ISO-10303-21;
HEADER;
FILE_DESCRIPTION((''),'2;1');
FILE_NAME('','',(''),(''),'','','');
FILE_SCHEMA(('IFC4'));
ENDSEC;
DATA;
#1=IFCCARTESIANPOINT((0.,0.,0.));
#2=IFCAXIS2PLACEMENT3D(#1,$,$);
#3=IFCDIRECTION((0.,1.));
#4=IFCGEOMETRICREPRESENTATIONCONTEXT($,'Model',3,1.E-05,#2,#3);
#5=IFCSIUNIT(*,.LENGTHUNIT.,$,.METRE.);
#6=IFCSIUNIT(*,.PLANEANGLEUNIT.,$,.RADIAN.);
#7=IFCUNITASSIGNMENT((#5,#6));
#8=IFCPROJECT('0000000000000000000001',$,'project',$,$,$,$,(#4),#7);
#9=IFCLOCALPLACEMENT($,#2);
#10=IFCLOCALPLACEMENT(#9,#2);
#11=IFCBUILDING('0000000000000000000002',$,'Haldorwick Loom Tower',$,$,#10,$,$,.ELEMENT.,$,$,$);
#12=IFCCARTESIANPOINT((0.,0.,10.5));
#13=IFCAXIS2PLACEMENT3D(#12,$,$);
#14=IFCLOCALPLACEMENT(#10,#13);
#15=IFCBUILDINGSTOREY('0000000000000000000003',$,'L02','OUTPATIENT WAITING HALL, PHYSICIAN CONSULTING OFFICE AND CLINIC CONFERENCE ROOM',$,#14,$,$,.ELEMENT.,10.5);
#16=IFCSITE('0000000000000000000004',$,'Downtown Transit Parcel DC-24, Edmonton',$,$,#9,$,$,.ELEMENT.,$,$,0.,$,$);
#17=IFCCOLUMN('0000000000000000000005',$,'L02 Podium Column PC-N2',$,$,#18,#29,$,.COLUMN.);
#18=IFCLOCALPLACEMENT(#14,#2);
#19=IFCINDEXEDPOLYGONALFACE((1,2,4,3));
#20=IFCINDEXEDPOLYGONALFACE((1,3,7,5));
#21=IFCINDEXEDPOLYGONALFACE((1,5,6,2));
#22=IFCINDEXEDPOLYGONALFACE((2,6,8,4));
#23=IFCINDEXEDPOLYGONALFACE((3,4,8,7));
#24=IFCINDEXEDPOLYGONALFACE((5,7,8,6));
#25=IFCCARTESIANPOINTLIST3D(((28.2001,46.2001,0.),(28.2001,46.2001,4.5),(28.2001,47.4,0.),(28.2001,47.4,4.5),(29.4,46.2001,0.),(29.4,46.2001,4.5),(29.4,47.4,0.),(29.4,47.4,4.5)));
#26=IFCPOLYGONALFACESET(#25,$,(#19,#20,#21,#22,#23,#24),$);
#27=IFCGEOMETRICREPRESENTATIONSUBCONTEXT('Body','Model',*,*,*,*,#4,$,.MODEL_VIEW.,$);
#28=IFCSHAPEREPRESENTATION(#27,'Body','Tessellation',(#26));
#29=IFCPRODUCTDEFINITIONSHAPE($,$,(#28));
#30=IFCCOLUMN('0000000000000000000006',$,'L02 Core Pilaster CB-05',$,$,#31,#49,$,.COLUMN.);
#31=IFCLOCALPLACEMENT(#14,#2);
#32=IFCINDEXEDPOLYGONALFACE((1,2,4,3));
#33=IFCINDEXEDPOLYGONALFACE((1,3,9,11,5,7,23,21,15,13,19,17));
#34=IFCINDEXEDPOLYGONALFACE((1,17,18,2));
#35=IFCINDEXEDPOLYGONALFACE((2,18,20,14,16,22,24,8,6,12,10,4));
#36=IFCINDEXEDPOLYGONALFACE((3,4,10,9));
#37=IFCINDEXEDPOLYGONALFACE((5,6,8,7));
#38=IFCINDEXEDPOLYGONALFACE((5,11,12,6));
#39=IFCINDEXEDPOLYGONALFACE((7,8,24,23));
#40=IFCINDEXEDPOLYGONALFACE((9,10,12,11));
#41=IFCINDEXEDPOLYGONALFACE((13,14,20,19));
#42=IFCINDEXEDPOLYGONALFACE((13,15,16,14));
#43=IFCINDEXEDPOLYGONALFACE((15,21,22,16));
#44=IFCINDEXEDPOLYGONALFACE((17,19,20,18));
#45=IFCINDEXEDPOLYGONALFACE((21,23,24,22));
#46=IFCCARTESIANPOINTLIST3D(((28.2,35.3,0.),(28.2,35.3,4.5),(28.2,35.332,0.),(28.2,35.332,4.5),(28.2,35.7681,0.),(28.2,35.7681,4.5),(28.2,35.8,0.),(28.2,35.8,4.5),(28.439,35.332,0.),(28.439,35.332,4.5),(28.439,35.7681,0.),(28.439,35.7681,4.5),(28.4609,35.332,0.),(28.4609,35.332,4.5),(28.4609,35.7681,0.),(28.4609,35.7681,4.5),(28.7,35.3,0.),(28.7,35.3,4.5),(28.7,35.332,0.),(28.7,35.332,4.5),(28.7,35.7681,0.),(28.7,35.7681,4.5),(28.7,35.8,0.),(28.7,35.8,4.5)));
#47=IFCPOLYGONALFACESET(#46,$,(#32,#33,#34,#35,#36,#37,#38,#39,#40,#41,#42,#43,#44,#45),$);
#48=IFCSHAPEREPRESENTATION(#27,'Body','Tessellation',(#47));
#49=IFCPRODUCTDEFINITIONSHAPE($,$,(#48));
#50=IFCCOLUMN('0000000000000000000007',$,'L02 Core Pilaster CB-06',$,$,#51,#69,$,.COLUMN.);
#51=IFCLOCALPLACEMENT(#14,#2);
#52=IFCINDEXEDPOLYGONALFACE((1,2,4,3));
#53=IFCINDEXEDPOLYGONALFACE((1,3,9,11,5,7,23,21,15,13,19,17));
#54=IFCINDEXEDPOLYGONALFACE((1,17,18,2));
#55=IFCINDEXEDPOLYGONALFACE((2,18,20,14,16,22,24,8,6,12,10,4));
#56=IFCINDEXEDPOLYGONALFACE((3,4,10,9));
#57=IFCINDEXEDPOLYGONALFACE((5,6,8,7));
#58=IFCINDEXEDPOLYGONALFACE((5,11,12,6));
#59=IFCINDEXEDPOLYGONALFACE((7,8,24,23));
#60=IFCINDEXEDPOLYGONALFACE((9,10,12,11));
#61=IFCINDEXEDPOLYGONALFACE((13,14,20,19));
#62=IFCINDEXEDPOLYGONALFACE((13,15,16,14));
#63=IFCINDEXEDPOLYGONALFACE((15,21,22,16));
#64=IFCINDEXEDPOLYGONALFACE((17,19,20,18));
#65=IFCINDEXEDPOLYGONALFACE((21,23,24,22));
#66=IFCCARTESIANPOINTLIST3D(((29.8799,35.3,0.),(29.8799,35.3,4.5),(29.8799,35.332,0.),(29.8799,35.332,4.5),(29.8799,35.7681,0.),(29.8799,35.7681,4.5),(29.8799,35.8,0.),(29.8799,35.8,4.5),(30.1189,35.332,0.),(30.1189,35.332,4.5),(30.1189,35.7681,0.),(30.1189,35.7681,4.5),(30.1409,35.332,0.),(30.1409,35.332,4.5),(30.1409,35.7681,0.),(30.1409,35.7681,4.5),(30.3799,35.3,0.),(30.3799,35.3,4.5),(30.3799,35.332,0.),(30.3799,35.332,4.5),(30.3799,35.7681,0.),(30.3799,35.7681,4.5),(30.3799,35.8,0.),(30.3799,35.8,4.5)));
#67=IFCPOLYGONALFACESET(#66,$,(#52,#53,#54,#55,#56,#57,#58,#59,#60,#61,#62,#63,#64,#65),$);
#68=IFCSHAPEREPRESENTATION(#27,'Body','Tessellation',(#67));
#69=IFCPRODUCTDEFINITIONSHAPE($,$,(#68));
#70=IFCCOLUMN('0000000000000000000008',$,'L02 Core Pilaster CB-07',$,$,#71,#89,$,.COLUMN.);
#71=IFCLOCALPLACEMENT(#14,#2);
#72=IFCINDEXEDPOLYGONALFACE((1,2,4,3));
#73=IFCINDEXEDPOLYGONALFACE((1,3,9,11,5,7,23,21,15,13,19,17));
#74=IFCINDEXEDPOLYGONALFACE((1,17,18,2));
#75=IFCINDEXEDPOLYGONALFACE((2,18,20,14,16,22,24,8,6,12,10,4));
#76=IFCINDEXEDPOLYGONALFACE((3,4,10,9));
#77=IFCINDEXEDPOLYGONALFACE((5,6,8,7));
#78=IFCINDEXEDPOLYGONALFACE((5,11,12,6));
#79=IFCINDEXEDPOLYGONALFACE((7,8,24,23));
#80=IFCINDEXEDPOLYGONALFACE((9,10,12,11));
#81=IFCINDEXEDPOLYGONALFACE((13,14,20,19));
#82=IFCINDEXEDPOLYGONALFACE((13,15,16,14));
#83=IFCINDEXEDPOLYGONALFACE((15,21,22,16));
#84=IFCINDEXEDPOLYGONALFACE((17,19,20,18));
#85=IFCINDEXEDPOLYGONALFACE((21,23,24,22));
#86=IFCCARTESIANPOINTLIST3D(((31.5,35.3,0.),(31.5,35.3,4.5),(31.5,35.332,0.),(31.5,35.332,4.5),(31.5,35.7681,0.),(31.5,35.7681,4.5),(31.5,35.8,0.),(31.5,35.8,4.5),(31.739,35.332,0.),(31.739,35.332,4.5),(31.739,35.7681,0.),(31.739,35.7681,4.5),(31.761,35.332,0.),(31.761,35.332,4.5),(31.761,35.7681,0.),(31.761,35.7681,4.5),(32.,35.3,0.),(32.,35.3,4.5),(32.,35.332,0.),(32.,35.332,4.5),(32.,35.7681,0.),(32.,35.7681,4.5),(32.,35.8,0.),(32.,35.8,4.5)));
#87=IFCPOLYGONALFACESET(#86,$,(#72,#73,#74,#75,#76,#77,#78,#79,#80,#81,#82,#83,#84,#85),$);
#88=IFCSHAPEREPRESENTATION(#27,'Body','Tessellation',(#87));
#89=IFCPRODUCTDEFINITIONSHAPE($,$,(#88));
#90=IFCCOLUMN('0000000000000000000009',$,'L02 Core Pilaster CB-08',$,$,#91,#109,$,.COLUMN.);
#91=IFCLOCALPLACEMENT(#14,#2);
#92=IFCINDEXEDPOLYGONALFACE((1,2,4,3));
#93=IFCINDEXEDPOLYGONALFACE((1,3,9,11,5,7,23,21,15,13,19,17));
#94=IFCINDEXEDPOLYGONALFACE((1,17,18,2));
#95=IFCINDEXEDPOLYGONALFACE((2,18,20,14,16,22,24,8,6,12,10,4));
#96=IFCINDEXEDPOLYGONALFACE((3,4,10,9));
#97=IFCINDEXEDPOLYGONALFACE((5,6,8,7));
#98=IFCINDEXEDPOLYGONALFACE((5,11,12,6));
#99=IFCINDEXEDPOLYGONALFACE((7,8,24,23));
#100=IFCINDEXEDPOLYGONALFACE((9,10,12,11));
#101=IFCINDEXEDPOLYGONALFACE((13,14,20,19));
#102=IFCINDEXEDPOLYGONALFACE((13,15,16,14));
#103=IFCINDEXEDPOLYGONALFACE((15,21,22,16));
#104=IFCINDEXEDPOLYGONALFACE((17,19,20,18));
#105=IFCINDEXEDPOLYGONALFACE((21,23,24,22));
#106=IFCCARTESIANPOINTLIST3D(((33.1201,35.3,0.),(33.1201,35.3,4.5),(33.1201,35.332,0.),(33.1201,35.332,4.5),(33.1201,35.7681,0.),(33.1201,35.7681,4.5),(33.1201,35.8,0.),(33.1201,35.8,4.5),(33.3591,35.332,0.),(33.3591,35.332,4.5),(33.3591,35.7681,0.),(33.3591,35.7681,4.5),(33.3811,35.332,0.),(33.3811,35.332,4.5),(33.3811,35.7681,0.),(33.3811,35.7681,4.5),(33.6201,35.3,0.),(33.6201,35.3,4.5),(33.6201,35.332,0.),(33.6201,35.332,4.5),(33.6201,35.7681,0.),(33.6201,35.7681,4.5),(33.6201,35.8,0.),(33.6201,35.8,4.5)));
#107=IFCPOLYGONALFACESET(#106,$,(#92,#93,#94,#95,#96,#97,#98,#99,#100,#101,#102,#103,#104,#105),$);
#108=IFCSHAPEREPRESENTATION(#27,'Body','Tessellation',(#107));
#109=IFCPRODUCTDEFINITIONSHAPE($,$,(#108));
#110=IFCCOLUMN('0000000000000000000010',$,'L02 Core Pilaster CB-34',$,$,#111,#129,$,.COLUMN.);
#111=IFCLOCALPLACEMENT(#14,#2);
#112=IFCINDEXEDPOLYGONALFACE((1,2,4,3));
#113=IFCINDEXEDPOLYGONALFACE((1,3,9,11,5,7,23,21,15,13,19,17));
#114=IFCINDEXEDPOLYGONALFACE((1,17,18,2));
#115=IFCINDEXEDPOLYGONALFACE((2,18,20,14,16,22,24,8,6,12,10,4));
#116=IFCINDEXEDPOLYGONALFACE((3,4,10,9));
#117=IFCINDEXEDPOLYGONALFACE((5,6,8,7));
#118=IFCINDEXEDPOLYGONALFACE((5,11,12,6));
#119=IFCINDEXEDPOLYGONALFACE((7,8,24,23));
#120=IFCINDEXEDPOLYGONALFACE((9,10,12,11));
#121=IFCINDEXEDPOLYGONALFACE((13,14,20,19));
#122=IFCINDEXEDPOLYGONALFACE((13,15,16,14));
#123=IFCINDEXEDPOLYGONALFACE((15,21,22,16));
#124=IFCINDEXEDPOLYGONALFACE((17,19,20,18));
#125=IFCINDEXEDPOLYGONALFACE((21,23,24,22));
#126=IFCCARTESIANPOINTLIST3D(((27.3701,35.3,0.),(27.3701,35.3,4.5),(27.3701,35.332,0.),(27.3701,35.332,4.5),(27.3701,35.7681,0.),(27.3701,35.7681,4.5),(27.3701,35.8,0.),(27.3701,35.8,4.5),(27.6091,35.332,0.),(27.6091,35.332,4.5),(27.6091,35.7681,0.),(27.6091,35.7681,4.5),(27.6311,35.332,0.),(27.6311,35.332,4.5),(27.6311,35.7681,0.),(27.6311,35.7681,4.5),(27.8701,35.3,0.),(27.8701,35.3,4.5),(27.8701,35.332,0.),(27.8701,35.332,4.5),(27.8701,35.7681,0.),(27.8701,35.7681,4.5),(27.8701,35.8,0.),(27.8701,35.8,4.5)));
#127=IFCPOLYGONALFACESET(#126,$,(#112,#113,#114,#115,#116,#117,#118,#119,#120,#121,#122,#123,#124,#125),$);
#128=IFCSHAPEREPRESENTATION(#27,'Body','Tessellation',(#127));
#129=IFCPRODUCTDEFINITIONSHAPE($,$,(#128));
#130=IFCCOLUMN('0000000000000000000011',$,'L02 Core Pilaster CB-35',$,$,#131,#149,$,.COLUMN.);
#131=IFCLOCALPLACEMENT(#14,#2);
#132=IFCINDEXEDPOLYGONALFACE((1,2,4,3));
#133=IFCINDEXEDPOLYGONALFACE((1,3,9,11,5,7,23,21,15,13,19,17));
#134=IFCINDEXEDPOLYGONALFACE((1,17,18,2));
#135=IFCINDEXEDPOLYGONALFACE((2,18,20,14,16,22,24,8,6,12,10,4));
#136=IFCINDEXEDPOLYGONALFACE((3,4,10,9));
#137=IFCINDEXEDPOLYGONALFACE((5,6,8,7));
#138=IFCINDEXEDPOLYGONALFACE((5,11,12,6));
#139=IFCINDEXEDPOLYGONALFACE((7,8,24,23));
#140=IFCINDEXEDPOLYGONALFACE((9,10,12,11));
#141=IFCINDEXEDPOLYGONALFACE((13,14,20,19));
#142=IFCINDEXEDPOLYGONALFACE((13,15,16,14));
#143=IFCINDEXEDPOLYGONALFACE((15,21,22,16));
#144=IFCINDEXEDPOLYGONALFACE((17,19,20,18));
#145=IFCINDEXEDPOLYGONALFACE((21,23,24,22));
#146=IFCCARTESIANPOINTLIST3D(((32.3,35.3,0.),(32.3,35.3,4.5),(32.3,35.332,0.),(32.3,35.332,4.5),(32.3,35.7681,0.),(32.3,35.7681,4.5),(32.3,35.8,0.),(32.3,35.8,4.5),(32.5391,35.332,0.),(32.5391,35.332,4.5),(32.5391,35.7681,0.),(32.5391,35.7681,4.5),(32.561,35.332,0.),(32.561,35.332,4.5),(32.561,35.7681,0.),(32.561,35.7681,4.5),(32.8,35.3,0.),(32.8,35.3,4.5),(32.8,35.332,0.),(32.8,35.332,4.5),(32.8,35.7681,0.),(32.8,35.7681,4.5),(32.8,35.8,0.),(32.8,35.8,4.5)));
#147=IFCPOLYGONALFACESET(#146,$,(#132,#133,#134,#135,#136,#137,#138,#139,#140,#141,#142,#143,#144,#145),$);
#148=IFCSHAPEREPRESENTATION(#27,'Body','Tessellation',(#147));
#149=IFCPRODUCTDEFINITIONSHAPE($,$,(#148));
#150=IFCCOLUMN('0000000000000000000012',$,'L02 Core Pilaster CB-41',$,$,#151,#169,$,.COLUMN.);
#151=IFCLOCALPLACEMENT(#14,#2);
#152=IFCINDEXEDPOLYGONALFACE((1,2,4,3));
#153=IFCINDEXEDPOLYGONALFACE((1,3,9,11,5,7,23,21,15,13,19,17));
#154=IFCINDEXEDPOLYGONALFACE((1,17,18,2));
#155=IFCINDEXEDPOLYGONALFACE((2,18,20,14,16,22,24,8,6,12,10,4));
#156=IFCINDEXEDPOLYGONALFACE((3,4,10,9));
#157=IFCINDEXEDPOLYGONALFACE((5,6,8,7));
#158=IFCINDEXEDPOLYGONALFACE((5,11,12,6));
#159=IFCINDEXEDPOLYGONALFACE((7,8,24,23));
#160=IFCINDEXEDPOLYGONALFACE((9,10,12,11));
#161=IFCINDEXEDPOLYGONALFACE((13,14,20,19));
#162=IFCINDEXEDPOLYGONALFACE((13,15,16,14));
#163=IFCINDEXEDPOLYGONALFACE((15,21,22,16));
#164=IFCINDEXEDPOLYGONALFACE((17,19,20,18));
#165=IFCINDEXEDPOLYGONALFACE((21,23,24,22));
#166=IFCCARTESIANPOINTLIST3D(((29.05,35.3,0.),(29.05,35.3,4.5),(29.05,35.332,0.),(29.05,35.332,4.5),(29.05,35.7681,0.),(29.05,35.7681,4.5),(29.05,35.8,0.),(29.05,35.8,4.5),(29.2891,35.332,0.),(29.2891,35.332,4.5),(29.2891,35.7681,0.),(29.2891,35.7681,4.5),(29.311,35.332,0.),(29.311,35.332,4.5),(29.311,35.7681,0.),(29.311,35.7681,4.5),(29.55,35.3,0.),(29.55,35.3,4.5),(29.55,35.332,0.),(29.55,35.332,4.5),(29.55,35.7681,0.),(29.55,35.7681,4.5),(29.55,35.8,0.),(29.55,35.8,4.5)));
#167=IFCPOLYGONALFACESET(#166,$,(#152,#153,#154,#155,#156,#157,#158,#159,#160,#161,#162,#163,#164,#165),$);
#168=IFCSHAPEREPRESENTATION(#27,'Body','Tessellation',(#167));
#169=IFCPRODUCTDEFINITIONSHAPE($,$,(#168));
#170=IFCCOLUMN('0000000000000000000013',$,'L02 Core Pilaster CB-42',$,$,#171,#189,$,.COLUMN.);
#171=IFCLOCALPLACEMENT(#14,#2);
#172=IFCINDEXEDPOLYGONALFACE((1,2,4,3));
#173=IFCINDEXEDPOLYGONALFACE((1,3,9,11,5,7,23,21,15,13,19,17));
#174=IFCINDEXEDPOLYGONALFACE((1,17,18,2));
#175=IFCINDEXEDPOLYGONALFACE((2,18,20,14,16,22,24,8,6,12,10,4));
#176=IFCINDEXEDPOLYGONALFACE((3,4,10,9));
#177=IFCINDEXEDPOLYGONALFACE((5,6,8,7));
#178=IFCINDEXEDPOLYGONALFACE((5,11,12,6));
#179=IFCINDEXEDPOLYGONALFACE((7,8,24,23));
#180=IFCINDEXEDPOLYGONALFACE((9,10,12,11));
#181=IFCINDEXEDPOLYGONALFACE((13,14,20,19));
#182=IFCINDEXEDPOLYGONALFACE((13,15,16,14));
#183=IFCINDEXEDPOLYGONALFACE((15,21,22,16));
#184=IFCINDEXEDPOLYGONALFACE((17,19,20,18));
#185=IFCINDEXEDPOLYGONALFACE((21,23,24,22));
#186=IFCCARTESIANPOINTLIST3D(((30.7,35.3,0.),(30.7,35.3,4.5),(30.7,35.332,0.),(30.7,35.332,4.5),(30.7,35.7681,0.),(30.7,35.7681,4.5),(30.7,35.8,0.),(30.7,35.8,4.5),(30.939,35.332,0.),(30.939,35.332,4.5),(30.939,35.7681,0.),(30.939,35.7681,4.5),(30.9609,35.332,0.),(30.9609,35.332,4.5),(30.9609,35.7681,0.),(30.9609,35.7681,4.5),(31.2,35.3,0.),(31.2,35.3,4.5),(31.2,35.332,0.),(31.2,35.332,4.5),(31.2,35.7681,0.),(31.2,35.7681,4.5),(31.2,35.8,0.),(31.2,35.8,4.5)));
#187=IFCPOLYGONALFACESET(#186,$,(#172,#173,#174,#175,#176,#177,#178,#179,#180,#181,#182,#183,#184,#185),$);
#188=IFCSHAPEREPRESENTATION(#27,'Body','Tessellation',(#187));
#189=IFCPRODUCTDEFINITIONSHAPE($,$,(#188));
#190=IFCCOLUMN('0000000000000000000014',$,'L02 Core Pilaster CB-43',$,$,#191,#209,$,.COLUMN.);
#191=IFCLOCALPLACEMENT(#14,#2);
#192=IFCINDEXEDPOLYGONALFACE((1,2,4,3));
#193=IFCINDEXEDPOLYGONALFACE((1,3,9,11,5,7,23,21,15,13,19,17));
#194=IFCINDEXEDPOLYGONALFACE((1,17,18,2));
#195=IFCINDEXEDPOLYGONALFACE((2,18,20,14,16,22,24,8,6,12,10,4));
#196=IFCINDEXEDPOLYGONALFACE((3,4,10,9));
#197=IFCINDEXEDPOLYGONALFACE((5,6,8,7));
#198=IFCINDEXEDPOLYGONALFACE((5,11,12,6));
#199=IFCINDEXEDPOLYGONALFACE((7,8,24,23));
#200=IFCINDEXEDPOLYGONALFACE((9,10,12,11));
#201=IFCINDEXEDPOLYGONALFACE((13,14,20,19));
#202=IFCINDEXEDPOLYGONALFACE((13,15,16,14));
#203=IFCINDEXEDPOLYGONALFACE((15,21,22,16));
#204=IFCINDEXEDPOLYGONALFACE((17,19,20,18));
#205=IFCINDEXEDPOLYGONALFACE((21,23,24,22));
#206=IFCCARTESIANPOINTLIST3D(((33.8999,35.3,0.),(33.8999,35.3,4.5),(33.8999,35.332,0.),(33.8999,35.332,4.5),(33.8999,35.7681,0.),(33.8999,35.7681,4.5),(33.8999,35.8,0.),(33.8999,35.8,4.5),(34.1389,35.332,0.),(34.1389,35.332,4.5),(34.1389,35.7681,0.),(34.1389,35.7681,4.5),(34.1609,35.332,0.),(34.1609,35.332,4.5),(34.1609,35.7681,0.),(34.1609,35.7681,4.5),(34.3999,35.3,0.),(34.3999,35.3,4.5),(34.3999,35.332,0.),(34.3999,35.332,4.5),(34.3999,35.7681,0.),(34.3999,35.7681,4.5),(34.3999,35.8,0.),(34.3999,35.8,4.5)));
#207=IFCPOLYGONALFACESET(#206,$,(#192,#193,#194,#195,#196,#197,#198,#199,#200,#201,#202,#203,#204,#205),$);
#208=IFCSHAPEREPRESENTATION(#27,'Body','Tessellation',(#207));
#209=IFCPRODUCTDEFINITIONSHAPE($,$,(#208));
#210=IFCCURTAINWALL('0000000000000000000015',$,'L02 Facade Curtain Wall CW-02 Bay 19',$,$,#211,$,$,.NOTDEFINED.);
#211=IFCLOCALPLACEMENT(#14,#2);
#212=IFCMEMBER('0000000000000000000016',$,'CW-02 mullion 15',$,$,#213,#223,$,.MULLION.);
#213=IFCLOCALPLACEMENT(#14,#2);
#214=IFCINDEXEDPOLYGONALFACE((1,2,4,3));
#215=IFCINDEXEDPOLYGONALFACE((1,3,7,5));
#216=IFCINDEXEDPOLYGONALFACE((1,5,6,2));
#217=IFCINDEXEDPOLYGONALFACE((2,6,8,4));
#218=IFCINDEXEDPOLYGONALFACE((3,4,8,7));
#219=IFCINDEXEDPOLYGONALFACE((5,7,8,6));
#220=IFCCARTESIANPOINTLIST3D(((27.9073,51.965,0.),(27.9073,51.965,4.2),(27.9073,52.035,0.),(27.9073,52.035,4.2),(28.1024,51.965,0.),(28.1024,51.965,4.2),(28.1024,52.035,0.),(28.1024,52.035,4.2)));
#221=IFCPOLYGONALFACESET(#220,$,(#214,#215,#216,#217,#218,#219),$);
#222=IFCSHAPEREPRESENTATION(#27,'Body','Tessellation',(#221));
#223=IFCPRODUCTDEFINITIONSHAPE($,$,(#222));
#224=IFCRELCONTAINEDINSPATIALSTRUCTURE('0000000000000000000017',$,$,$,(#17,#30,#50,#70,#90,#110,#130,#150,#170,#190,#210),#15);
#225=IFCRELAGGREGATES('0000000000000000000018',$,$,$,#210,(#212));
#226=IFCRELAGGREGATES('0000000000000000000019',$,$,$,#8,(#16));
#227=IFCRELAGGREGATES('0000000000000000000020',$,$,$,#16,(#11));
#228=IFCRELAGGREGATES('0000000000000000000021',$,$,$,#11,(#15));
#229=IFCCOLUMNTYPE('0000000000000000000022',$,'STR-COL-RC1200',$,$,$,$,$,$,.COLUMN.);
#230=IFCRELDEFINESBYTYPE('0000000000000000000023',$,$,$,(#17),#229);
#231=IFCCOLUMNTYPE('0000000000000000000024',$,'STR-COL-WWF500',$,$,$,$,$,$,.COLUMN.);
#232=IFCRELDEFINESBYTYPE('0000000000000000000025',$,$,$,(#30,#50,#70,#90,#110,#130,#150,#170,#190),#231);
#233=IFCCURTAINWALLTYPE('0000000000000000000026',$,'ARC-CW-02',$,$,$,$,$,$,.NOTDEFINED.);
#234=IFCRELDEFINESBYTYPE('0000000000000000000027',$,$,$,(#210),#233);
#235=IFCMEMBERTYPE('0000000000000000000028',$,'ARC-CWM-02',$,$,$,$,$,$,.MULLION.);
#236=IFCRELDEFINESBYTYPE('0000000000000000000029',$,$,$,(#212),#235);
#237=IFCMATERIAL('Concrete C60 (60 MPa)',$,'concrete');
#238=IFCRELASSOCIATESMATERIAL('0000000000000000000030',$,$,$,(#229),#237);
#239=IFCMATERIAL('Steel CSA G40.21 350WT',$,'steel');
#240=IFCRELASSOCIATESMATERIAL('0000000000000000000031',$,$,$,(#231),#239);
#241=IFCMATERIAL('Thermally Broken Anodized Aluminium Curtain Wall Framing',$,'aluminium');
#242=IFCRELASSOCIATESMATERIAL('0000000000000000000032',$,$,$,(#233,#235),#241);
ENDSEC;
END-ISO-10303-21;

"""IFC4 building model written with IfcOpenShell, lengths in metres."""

from ifc_helpers import new_model, si_unit, direction, frame, origin, origin_2d, place, context, subcontext, project, spatial, rectangle, i_section, extrude, material, material_profile, profile_set, type_object, element, aggregate, save


model = new_model("IFC4")

# Units and contexts
model_context = context("Model", 3, precision=1e-05, world=origin(), true_north=direction((0.0, 1.0)))
body_context = subcontext(model_context, "Body", "Model", "MODEL_VIEW")
ifc_project = project(units=[si_unit("LENGTHUNIT", "METRE"), si_unit("PLANEANGLEUNIT", "RADIAN")], contexts=[model_context])

# Site, building, storey
site_placement = place(None, origin())
site = spatial("IfcSite", under=ifc_project, at=site_placement, Name="Downtown Transit Parcel DC-24, Edmonton", CompositionType="ELEMENT", RefElevation=0.0)
building_placement = place(site_placement, origin())
building = spatial("IfcBuilding", under=site, at=building_placement, Name="Haldorwick Loom Tower", CompositionType="ELEMENT")
storey_placement = place(building_placement, frame((0.0, 0.0, 10.5)))
storey = spatial("IfcBuildingStorey", under=building, at=storey_placement, Name="L02", Description="OUTPATIENT WAITING HALL, PHYSICIAN CONSULTING OFFICE AND CLINIC CONFERENCE ROOM", CompositionType="ELEMENT", Elevation=10.5)

# Columns
ifc_material_1 = material(Name="Concrete C60 (60 MPa)", Category="concrete")
ifc_material_profile_1 = material_profile(ifc_material_1, rectangle(XDim=1.2, YDim=1.2, at=origin_2d()), Name="RC1200X1200", Category="concrete")
ifc_profile_set_1 = profile_set([ifc_material_profile_1], Name="Concrete C60 (60 MPa)")
column_type_1 = type_object("IfcColumnType", Name="STR-COL-RC1200", PredefinedType="COLUMN", material=ifc_profile_set_1)
column_placement = place(storey_placement, frame((28.8, 46.8, 0.0), z_axis=(0.0, 0.0, 1.0), x_axis=(1.0, 0.0, 0.0)))
element("IfcColumn", 1, at=column_placement, inside=storey, type_object=column_type_1, Name="L02 Podium Column PC-N2", PredefinedType="COLUMN", context=body_context, shape_type="SweptSolid", body=[
    extrude(rectangle(XDim=1.2, YDim=1.2, at=origin_2d()), origin(), (0.0, 0.0, 1.0), 4.5),
])
ifc_material_2 = material(Name="Steel CSA G40.21 350WT", Category="steel")
ifc_material_profile_2 = material_profile(ifc_material_2, i_section(OverallWidth=0.5, OverallDepth=0.5, WebThickness=0.022, FlangeThickness=0.032, at=origin_2d()), Name="WWF500X500", Category="steel")
ifc_profile_set_2 = profile_set([ifc_material_profile_2], Name="Steel CSA G40.21 350WT")
column_type_2 = type_object("IfcColumnType", Name="STR-COL-WWF500", PredefinedType="COLUMN", material=ifc_profile_set_2)
for number, where, z_axis, x_axis, name in (
    (2, (28.45, 35.55, 0.0), (0.0, 0.0, 1.0), (1.0, 0.0, 0.0), "L02 Core Pilaster CB-05"),
    (3, (30.1299, 35.55, 0.0), (0.0, 0.0, 1.0), (1.0, 0.0, 0.0), "L02 Core Pilaster CB-06"),
    (4, (31.75, 35.55, 0.0), (0.0, 0.0, 1.0), (1.0, 0.0, 0.0), "L02 Core Pilaster CB-07"),
    (5, (33.3701, 35.55, 0.0), (0.0, 0.0, 1.0), (1.0, 0.0, 0.0), "L02 Core Pilaster CB-08"),
    (6, (27.6201, 35.55, 0.0), (0.0, 0.0, 1.0), (1.0, 0.0, 0.0), "L02 Core Pilaster CB-34"),
    (7, (32.55, 35.55, 0.0), (0.0, 0.0, 1.0), (1.0, 0.0, 0.0), "L02 Core Pilaster CB-35"),
    (8, (29.3, 35.55, 0.0), (0.0, 0.0, 1.0), (1.0, 0.0, 0.0), "L02 Core Pilaster CB-41"),
    (9, (30.95, 35.55, 0.0), (0.0, 0.0, 1.0), (1.0, 0.0, 0.0), "L02 Core Pilaster CB-42"),
    (10, (34.1499, 35.55, 0.0), (0.0, 0.0, 1.0), (1.0, 0.0, 0.0), "L02 Core Pilaster CB-43"),
):
    element("IfcColumn", number, at=place(storey_placement, frame(where, z_axis=z_axis, x_axis=x_axis)), inside=storey, type_object=column_type_2, Name=name, PredefinedType="COLUMN", context=body_context, shape_type="SweptSolid", body=[
        extrude(i_section(OverallWidth=0.5, OverallDepth=0.5, WebThickness=0.022, FlangeThickness=0.032, at=origin_2d()), origin(), (0.0, 0.0, 1.0), 4.5),
    ])

# Curtain wall, member
ifc_material_3 = material(Name="Thermally Broken Anodized Aluminium Curtain Wall Framing", Category="aluminium")
curtain_wall_type = type_object("IfcCurtainWallType", Name="ARC-CW-02", PredefinedType="NOTDEFINED", material=ifc_material_3)
curtain_wall_placement = place(storey_placement, origin())
curtain_wall = element("IfcCurtainWall", 11, at=curtain_wall_placement, inside=storey, type_object=curtain_wall_type, Name="L02 Facade Curtain Wall CW-02 Bay 19", PredefinedType="NOTDEFINED")
ifc_material_profile_3 = material_profile(ifc_material_3, rectangle(XDim=0.0701, YDim=0.1951, at=origin_2d()), Name="ALU_MUL_70X195", Category="aluminium")
ifc_profile_set_3 = profile_set([ifc_material_profile_3], Name="Thermally Broken Anodized Aluminium Curtain Wall Framing")
member_type_1 = type_object("IfcMemberType", Name="ARC-CWM-02", PredefinedType="MULLION", material=ifc_profile_set_3)
member_1_placement = place(storey_placement, frame((28.0049, 52.0, 0.0), z_axis=(0.0, 0.0, 1.0), x_axis=(0.0, -1.0, 0.0)))
member_1 = element("IfcMember", 12, at=member_1_placement, type_object=member_type_1, Name="CW-02 mullion 15", PredefinedType="MULLION", context=body_context, shape_type="SweptSolid", body=[
    extrude(rectangle(XDim=0.0701, YDim=0.1951, at=origin_2d()), origin(), (0.0, 0.0, 1.0), 4.2),
])

aggregate(curtain_wall, [member_1])

save(model, "model.ifc")
